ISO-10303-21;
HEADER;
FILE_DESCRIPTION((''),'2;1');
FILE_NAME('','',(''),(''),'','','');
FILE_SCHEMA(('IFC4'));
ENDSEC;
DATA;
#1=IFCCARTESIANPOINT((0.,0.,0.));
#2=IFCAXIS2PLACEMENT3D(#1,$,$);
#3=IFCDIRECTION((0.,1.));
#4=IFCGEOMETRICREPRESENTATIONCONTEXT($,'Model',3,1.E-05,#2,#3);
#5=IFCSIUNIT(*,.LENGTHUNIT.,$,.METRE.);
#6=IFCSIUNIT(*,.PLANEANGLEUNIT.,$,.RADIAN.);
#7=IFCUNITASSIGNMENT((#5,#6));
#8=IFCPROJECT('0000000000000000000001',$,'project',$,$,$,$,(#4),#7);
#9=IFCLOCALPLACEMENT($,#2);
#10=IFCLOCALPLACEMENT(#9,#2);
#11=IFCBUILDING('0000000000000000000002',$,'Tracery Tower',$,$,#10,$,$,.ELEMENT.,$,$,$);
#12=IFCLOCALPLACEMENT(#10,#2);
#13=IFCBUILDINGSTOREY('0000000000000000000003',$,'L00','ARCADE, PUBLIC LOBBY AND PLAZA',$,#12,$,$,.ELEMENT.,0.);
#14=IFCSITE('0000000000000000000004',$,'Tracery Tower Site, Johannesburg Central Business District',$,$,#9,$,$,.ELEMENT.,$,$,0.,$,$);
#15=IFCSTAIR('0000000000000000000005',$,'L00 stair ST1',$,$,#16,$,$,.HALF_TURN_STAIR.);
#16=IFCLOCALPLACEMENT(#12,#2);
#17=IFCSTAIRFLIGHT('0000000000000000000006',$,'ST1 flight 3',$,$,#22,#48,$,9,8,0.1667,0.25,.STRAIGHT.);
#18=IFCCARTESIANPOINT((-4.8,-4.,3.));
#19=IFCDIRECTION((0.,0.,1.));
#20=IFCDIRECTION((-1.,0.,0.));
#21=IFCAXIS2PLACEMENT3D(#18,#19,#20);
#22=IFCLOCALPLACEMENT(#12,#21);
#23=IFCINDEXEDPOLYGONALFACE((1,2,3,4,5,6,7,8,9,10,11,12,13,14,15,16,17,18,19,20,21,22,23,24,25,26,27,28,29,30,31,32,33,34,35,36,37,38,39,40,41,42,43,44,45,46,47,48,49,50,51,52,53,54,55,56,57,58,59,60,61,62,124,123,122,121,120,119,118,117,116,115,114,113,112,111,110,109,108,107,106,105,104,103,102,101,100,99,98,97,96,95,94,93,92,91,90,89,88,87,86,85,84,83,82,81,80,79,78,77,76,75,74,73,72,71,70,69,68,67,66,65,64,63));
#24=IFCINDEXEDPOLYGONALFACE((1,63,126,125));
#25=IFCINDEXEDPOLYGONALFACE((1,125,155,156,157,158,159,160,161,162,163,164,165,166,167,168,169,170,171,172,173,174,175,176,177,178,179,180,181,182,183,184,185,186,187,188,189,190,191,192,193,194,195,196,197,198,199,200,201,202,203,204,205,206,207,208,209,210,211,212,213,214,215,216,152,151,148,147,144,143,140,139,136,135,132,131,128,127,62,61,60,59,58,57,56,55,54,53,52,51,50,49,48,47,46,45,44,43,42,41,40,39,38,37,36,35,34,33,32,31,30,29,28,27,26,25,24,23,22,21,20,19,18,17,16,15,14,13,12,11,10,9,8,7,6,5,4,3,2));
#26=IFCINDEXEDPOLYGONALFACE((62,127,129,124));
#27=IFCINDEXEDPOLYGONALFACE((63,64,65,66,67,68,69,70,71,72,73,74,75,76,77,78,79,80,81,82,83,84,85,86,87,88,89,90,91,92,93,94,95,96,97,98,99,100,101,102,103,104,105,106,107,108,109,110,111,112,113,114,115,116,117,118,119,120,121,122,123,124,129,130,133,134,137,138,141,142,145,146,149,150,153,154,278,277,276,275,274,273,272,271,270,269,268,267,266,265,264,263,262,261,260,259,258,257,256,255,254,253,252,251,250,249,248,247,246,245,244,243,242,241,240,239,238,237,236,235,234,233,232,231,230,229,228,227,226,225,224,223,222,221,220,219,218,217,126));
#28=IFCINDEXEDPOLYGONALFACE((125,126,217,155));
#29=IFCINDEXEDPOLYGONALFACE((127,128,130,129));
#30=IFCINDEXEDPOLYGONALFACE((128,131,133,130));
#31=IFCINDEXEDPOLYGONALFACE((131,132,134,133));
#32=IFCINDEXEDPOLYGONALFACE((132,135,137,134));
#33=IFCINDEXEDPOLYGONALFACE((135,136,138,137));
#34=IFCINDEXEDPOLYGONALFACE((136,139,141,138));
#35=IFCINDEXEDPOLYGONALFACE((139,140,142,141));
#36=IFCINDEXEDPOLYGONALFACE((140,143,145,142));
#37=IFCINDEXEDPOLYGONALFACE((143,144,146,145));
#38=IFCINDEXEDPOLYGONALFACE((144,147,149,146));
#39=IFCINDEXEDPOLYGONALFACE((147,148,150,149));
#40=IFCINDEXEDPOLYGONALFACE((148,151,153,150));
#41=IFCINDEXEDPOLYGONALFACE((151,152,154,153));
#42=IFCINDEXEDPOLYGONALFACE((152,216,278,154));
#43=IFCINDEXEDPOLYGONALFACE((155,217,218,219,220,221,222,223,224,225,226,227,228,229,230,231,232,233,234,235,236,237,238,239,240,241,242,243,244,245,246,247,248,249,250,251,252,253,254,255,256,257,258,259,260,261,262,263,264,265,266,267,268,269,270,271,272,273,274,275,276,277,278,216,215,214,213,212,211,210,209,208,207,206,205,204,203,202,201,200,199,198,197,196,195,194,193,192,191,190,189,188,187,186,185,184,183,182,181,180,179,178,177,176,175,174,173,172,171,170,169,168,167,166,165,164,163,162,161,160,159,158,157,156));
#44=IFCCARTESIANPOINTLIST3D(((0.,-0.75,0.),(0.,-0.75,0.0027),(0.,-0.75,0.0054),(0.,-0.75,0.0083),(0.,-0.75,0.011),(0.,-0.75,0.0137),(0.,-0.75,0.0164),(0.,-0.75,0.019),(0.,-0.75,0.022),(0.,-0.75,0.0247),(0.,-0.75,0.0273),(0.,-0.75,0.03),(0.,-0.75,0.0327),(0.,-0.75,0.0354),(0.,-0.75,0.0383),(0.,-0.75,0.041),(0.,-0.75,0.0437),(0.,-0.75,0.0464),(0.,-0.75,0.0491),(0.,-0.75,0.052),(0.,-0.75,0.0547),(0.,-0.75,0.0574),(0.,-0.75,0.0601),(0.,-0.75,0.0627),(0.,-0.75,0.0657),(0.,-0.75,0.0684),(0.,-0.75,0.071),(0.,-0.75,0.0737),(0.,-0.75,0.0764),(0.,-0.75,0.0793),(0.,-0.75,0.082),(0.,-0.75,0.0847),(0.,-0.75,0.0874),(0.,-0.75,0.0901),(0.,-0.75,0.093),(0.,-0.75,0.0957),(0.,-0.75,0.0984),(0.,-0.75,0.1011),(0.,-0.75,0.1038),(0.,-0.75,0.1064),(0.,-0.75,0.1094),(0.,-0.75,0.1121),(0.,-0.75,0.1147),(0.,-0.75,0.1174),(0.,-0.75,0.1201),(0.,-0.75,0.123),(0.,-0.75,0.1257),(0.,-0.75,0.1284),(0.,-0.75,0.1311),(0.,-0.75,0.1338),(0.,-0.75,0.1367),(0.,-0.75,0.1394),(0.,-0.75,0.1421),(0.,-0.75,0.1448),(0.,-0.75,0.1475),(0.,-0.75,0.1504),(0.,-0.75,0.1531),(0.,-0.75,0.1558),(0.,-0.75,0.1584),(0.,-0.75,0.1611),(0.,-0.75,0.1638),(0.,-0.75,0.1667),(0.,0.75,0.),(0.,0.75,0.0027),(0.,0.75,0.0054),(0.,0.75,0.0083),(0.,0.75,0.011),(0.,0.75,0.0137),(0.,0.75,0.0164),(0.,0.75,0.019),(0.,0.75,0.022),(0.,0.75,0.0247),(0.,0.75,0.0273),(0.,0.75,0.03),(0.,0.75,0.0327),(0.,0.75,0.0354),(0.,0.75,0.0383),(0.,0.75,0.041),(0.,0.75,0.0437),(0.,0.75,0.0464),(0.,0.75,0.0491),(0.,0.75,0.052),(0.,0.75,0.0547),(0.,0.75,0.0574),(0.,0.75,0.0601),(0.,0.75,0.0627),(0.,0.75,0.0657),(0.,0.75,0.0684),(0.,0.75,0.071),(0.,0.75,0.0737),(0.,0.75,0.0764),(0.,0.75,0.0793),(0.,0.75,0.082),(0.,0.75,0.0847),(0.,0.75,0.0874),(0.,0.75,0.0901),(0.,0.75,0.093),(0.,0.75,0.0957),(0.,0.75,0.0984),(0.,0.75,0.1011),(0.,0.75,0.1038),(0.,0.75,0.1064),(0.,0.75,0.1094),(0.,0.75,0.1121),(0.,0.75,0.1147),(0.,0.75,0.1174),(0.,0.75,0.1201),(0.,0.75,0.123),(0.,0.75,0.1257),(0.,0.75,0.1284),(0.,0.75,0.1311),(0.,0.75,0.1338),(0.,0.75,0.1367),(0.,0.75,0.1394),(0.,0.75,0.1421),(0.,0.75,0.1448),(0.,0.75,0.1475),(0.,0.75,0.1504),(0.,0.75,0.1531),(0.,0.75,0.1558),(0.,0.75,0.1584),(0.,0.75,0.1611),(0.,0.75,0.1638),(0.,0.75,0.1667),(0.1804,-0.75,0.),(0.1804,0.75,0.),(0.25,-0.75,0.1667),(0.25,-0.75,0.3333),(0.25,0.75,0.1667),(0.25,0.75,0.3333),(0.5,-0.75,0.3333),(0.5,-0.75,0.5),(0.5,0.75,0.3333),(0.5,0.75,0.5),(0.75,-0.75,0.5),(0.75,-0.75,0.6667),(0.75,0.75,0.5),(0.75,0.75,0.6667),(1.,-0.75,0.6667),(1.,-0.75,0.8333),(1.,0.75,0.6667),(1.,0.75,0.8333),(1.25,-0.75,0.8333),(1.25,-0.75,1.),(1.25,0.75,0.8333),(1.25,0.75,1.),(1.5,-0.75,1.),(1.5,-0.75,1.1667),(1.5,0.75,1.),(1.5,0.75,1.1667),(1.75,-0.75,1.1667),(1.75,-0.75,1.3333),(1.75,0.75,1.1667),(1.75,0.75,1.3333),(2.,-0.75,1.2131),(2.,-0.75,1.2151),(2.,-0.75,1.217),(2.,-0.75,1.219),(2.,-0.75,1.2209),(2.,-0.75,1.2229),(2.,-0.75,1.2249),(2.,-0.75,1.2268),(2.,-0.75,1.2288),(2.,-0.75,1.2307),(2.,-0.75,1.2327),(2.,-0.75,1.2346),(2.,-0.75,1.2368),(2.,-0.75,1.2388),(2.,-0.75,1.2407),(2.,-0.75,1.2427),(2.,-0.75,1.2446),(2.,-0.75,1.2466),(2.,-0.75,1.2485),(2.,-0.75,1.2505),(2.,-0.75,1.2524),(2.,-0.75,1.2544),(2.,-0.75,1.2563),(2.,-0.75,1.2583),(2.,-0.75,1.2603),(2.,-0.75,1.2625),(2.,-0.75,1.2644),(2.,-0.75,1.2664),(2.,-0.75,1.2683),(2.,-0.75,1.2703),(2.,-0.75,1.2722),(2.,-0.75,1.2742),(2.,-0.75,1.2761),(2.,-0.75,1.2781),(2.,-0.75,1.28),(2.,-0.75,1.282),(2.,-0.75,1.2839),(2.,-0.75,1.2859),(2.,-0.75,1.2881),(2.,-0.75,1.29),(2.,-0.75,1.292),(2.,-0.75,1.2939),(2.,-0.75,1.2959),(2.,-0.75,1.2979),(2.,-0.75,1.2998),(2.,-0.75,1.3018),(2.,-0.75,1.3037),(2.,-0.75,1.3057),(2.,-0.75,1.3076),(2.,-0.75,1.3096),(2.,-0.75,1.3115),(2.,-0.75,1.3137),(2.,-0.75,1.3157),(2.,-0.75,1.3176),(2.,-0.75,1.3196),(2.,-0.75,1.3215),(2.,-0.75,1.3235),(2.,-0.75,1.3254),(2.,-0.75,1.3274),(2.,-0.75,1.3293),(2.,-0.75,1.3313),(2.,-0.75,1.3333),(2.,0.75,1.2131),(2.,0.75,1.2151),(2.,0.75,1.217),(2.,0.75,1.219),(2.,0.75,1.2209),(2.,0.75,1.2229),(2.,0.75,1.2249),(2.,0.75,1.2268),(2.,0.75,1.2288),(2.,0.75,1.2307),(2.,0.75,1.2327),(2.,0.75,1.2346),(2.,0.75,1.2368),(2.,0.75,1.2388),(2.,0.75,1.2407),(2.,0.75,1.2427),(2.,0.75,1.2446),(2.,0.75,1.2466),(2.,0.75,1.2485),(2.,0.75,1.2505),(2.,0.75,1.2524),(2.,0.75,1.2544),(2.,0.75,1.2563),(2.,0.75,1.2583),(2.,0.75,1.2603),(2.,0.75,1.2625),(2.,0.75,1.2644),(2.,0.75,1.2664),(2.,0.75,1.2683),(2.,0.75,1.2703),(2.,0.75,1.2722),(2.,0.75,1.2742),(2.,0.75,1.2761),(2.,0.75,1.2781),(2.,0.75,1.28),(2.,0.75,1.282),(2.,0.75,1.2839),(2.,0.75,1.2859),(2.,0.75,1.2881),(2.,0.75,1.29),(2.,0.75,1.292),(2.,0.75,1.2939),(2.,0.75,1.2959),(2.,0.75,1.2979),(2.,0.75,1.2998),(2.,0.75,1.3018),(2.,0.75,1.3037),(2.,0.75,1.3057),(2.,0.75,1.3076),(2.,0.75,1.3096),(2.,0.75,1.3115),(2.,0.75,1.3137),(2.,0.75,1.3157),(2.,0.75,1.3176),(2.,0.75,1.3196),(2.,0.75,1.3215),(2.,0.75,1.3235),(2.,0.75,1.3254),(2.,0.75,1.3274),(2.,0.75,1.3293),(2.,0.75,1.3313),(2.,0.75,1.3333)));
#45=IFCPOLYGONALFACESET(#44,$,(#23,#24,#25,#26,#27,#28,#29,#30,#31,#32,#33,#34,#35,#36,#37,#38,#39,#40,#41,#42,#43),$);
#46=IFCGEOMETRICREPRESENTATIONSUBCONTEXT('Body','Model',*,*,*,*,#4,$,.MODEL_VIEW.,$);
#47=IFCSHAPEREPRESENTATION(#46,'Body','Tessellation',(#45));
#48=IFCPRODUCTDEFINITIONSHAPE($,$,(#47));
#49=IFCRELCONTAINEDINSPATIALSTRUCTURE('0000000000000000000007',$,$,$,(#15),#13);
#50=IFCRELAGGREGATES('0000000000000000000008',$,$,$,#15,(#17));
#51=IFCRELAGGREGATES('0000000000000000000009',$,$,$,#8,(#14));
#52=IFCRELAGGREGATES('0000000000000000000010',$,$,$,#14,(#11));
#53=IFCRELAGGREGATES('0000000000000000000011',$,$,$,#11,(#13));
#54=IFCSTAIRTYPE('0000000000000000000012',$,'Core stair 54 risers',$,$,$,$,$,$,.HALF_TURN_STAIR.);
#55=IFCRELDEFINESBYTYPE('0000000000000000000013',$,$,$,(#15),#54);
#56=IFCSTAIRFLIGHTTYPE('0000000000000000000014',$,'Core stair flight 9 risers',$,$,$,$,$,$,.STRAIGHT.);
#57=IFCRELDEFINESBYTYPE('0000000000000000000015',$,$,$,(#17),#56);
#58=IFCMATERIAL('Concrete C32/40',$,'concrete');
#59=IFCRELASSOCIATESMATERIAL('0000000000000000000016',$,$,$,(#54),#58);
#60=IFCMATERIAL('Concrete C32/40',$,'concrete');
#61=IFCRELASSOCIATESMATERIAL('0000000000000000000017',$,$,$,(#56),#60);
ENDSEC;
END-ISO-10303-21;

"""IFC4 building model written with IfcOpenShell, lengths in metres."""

from ifc_helpers import new_model, si_unit, direction, frame, origin, place, context, subcontext, project, spatial, polyline, outline, extrude, material, type_object, element, aggregate, save


model = new_model("IFC4")

# Units and contexts
model_context = context("Model", 3, precision=1e-05, world=origin(), true_north=direction((0.0, 1.0)))
body_context = subcontext(model_context, "Body", "Model", "MODEL_VIEW")
ifc_project = project(units=[si_unit("LENGTHUNIT", "METRE"), si_unit("PLANEANGLEUNIT", "RADIAN")], contexts=[model_context])

# Site, building, storey
site_placement = place(None, origin())
site = spatial("IfcSite", under=ifc_project, at=site_placement, Name="Tracery Tower Site, Johannesburg Central Business District", CompositionType="ELEMENT", RefElevation=0.0)
building_placement = place(site_placement, origin())
building = spatial("IfcBuilding", under=site, at=building_placement, Name="Tracery Tower", CompositionType="ELEMENT")
storey_placement = place(building_placement, origin())
storey = spatial("IfcBuildingStorey", under=building, at=storey_placement, Name="L00", Description="ARCADE, PUBLIC LOBBY AND PLAZA", CompositionType="ELEMENT", Elevation=0.0)

# Stair, stair flight
ifc_material_1 = material(Name="Concrete C32/40", Category="concrete")
stair_type = type_object("IfcStairType", Name="Core stair 54 risers", PredefinedType="HALF_TURN_STAIR", material=ifc_material_1)
stair_placement = place(storey_placement, origin())
stair = element("IfcStair", 1, at=stair_placement, inside=storey, type_object=stair_type, Name="L00 stair ST1", PredefinedType="HALF_TURN_STAIR")
ifc_material_2 = material(Name="Concrete C32/40", Category="concrete")
stair_flight_type = type_object("IfcStairFlightType", Name="Core stair flight 9 risers", PredefinedType="STRAIGHT", material=ifc_material_2)
stair_flight_1_placement = place(storey_placement, frame((-4.8, -4.0, 3.0), z_axis=(0.0, 0.0, 1.0), x_axis=(-1.0, 0.0, 0.0)))
stair_flight_1 = element("IfcStairFlight", 2, at=stair_flight_1_placement, type_object=stair_flight_type, Name="ST1 flight 3", NumberOfRisers=9, NumberOfTreads=8, PredefinedType="STRAIGHT", RiserHeight=0.1667, TreadLength=0.25, context=body_context, shape_type="SweptSolid", body=[
    extrude(outline(polyline([(0.0, 0.0), (0.0, 0.0027), (0.0, 0.0054), (0.0, 0.0083), (0.0, 0.011), (0.0, 0.0137), (0.0, 0.0164), (0.0, 0.019), (0.0, 0.022), (0.0, 0.0247), (0.0, 0.0273), (0.0, 0.03), (0.0, 0.0327), (0.0, 0.0354), (0.0, 0.0383), (0.0, 0.041), (0.0, 0.0437), (0.0, 0.0464), (0.0, 0.0491), (0.0, 0.052), (0.0, 0.0547), (0.0, 0.0574), (0.0, 0.0601), (0.0, 0.0627), (0.0, 0.0657), (0.0, 0.0684), (0.0, 0.071), (0.0, 0.0737), (0.0, 0.0764), (0.0, 0.0793), (0.0, 0.082), (0.0, 0.0847), (0.0, 0.0874), (0.0, 0.0901), (0.0, 0.093), (0.0, 0.0957), (0.0, 0.0984), (0.0, 0.1011), (0.0, 0.1038), (0.0, 0.1064), (0.0, 0.1094), (0.0, 0.1121), (0.0, 0.1147), (0.0, 0.1174), (0.0, 0.1201), (0.0, 0.123), (0.0, 0.1257), (0.0, 0.1284), (0.0, 0.1311), (0.0, 0.1338), (0.0, 0.1367), (0.0, 0.1394), (0.0, 0.1421), (0.0, 0.1448), (0.0, 0.1475), (0.0, 0.1504), (0.0, 0.1531), (0.0, 0.1558), (0.0, 0.1584), (0.0, 0.1611), (0.0, 0.1638), (0.0, 0.1667), (0.25, 0.1667), (0.25, 0.3333), (0.5, 0.3333), (0.5, 0.5), (0.75, 0.5), (0.75, 0.6667), (1.0, 0.6667), (1.0, 0.8333), (1.25, 0.8333), (1.25, 1.0), (1.5, 1.0), (1.5, 1.1667), (1.75, 1.1667), (1.75, 1.3333), (2.0, 1.3333), (2.0, 1.3313), (2.0, 1.3293), (2.0, 1.3274), (2.0, 1.3254), (2.0, 1.3235), (2.0, 1.3215), (2.0, 1.3196), (2.0, 1.3176), (2.0, 1.3157), (2.0, 1.3137), (2.0, 1.3115), (2.0, 1.3096), (2.0, 1.3076), (2.0, 1.3057), (2.0, 1.3037), (2.0, 1.3018), (2.0, 1.2998), (2.0, 1.2979), (2.0, 1.2959), (2.0, 1.2939), (2.0, 1.292), (2.0, 1.29), (2.0, 1.2881), (2.0, 1.2859), (2.0, 1.2839), (2.0, 1.282), (2.0, 1.28), (2.0, 1.2781), (2.0, 1.2761), (2.0, 1.2742), (2.0, 1.2722), (2.0, 1.2703), (2.0, 1.2683), (2.0, 1.2664), (2.0, 1.2644), (2.0, 1.2625), (2.0, 1.2603), (2.0, 1.2583), (2.0, 1.2563), (2.0, 1.2544), (2.0, 1.2524), (2.0, 1.2505), (2.0, 1.2485), (2.0, 1.2466), (2.0, 1.2446), (2.0, 1.2427), (2.0, 1.2407), (2.0, 1.2388), (2.0, 1.2368), (2.0, 1.2346), (2.0, 1.2327), (2.0, 1.2307), (2.0, 1.2288), (2.0, 1.2268), (2.0, 1.2249), (2.0, 1.2229), (2.0, 1.2209), (2.0, 1.219), (2.0, 1.217), (2.0, 1.2151), (2.0, 1.2131), (0.1804, 0.0), (0.0, 0.0)])), frame((0.0, 0.75, 0.0), z_axis=(0.0, -1.0, 0.0), x_axis=(1.0, 0.0, 0.0)), (0.0, 0.0, 1.0), 1.5),
])
aggregate(stair, [stair_flight_1])

save(model, "model.ifc")
